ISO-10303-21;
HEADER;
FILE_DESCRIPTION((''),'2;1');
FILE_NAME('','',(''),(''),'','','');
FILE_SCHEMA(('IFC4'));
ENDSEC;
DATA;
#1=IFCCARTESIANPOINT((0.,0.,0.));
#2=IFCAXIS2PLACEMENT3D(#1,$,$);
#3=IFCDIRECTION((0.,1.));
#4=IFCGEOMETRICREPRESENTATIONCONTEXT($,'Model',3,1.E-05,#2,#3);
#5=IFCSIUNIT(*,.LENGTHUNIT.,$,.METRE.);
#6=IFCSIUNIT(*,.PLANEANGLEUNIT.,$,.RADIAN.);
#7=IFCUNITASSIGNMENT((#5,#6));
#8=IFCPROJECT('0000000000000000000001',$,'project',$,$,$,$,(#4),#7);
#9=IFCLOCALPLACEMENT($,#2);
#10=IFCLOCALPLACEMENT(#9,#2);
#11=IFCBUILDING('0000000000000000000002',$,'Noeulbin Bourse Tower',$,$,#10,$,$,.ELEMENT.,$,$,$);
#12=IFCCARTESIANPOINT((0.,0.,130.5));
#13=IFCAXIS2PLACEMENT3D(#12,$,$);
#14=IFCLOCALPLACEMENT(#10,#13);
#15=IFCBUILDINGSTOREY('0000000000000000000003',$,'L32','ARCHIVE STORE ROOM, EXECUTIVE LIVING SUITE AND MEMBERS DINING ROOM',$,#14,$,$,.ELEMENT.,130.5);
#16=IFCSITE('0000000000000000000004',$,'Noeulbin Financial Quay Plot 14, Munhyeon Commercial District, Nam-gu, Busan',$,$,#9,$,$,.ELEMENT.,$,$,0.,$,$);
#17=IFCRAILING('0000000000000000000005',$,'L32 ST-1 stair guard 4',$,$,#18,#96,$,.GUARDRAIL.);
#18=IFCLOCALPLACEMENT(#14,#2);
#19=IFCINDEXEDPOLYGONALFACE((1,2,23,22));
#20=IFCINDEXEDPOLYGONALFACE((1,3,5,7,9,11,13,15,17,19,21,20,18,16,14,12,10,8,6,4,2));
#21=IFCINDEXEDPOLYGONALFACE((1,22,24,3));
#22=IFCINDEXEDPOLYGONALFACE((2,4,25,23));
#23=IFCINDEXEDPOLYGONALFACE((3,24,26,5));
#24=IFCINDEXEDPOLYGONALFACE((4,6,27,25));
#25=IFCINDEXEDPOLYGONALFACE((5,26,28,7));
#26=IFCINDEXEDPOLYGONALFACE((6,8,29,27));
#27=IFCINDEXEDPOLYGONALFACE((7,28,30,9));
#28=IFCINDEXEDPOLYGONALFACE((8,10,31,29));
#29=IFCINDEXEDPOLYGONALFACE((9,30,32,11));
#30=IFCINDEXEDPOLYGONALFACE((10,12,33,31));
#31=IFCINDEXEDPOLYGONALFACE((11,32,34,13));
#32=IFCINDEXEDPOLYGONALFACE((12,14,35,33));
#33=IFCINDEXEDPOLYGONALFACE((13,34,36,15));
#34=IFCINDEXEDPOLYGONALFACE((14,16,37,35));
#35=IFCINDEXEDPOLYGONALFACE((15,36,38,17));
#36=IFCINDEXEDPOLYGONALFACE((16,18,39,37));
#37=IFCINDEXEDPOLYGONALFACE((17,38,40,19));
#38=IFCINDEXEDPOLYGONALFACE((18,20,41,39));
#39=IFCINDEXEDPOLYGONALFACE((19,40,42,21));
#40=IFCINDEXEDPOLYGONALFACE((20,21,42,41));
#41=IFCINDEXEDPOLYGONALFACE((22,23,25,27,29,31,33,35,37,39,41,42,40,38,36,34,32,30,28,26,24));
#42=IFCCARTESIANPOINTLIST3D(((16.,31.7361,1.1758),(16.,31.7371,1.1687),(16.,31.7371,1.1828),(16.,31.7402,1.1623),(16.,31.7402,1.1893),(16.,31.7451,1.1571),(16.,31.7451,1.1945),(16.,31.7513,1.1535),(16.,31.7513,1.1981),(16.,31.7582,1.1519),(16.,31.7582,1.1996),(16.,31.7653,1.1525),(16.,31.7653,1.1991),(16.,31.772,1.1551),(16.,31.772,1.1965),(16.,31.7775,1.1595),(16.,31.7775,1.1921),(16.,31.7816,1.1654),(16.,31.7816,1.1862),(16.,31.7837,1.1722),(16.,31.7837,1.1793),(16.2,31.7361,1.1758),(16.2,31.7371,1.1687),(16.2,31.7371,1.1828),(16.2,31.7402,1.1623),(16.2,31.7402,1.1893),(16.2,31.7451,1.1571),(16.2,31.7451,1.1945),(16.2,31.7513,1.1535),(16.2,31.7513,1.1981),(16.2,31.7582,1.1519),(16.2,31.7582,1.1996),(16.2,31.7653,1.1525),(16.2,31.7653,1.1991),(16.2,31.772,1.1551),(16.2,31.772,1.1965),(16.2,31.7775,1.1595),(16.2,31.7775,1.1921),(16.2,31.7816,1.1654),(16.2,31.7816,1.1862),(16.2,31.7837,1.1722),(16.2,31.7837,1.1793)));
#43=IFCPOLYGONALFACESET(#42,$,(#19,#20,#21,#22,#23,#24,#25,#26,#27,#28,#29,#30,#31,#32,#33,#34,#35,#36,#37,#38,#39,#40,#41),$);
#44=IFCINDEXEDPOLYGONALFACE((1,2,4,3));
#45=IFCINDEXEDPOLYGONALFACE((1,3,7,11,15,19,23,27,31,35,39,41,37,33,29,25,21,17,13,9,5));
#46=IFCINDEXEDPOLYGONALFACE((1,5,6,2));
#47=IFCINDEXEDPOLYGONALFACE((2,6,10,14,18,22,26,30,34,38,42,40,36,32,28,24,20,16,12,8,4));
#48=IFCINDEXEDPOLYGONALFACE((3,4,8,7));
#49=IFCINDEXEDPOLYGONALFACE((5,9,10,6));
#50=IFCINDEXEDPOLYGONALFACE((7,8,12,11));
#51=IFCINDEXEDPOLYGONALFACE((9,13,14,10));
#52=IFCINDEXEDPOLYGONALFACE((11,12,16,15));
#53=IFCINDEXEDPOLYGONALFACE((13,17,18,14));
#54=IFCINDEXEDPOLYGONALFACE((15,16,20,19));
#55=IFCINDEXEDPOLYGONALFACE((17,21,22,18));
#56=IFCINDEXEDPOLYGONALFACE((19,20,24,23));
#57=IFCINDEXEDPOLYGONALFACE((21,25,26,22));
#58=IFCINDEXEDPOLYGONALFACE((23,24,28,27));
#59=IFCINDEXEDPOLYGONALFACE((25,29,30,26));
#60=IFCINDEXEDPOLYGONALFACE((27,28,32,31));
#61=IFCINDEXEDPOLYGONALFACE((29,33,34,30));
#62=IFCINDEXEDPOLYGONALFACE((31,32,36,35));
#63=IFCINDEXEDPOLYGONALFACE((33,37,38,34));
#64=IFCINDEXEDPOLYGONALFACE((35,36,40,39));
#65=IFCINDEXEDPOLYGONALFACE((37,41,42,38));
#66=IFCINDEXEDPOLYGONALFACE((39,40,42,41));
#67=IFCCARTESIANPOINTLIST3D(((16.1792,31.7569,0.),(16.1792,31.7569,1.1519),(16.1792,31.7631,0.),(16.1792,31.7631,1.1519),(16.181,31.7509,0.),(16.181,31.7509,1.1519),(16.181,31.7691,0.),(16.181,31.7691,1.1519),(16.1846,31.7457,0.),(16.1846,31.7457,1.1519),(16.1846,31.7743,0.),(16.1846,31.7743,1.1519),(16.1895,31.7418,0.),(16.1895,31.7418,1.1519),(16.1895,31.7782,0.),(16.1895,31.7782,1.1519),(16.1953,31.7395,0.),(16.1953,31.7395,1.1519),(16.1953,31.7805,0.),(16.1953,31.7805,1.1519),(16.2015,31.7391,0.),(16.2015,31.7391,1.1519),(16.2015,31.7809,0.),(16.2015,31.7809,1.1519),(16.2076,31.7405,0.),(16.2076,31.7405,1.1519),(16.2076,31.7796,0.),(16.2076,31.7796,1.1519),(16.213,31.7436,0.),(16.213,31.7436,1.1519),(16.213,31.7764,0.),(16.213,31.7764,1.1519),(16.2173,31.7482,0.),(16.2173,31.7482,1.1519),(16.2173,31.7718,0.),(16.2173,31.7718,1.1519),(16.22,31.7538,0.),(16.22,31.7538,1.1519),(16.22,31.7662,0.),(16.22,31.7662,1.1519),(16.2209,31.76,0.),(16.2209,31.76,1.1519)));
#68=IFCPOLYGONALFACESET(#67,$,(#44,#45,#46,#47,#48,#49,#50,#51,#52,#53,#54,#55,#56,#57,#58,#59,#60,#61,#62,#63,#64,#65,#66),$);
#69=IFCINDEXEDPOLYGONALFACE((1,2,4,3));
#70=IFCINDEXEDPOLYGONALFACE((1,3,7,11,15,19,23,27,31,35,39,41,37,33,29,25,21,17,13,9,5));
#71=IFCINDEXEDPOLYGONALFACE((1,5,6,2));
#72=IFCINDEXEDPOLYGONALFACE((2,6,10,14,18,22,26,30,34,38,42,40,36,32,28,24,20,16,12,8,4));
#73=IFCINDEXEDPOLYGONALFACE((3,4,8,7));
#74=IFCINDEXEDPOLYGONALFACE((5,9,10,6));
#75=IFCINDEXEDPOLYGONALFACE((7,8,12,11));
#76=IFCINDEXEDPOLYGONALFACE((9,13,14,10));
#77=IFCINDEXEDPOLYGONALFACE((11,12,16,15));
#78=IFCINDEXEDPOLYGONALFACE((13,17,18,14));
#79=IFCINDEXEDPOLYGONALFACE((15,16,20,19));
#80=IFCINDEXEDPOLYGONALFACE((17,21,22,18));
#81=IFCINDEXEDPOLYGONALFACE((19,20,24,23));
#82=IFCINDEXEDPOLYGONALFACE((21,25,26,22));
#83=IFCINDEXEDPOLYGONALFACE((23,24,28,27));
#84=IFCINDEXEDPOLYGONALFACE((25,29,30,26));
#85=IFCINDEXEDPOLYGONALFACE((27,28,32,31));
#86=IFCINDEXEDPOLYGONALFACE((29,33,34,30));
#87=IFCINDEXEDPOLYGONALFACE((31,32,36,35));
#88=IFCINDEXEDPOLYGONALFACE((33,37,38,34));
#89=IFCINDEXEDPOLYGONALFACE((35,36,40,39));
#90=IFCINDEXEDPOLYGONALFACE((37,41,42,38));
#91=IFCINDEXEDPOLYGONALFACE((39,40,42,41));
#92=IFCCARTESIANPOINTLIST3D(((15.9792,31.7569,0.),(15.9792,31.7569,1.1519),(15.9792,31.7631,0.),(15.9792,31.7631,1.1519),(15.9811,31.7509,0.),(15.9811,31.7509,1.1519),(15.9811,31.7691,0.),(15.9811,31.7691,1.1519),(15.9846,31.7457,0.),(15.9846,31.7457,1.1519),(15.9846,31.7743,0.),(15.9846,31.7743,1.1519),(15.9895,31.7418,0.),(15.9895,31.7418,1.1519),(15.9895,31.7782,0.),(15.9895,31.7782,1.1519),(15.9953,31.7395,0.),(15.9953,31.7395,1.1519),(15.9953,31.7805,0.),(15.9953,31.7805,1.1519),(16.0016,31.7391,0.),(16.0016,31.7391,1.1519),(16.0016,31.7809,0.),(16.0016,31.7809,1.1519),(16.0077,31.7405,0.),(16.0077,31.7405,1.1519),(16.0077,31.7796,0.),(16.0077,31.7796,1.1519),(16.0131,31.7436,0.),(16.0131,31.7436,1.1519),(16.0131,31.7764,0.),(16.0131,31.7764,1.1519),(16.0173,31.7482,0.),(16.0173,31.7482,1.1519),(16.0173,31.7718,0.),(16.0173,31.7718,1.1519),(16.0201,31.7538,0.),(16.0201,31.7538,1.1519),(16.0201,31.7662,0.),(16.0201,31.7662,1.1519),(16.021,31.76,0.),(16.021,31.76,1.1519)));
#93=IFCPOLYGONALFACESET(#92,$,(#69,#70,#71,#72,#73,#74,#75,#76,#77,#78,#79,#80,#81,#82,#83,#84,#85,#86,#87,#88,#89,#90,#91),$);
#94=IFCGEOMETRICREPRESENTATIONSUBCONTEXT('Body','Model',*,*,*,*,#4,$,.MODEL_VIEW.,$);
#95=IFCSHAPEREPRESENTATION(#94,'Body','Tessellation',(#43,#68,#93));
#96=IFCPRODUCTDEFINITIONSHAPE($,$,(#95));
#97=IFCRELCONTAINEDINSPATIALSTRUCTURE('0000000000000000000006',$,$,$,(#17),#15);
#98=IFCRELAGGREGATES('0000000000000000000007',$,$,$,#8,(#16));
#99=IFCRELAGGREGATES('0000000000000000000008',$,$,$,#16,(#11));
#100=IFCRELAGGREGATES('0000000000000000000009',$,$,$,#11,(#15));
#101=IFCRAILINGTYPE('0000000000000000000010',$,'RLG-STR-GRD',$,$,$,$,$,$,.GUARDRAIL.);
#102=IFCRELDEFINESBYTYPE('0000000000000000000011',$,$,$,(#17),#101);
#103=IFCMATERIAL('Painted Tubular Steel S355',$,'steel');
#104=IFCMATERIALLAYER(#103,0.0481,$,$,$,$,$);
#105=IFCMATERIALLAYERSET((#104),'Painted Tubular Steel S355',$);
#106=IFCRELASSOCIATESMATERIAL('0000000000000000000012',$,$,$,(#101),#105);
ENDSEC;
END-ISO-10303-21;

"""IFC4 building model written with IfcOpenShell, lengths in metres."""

from ifc_helpers import new_model, si_unit, direction, frame, origin, origin_2d, place, context, subcontext, project, spatial, circle, extrude, material, layer, layer_set, type_object, element, save


model = new_model("IFC4")

# Units and contexts
model_context = context("Model", 3, precision=1e-05, world=origin(), true_north=direction((0.0, 1.0)))
body_context = subcontext(model_context, "Body", "Model", "MODEL_VIEW")
ifc_project = project(units=[si_unit("LENGTHUNIT", "METRE"), si_unit("PLANEANGLEUNIT", "RADIAN")], contexts=[model_context])

# Site, building, storey
site_placement = place(None, origin())
site = spatial("IfcSite", under=ifc_project, at=site_placement, Name="Noeulbin Financial Quay Plot 14, Munhyeon Commercial District, Nam-gu, Busan", CompositionType="ELEMENT", RefElevation=0.0)
building_placement = place(site_placement, origin())
building = spatial("IfcBuilding", under=site, at=building_placement, Name="Noeulbin Bourse Tower", CompositionType="ELEMENT")
storey_placement = place(building_placement, frame((0.0, 0.0, 130.5)))
storey = spatial("IfcBuildingStorey", under=building, at=storey_placement, Name="L32", Description="ARCHIVE STORE ROOM, EXECUTIVE LIVING SUITE AND MEMBERS DINING ROOM", CompositionType="ELEMENT", Elevation=130.5)

# Railing
ifc_material_1 = material(Name="Painted Tubular Steel S355", Category="steel")
ifc_layer_1 = layer(ifc_material_1, 0.0481)
ifc_layer_set_1 = layer_set([ifc_layer_1], Name="Painted Tubular Steel S355")
railing_type_1 = type_object("IfcRailingType", Name="RLG-STR-GRD", PredefinedType="GUARDRAIL", material=ifc_layer_set_1)
railing_1_placement = place(storey_placement, frame((16.2, 31.76, 0.0)))
element("IfcRailing", 1, at=railing_1_placement, inside=storey, type_object=railing_type_1, Name="L32 ST-1 stair guard 4", PredefinedType="GUARDRAIL", context=body_context, shape_type="SweptSolid", body=[
    extrude(circle(Radius=0.0239, at=origin_2d()), frame((0.0, 0.0, 1.1758), z_axis=(-1.0, 0.0, 0.0), x_axis=(0.0, -1.0, 0.0)), (0.0, 0.0, 1.0), 0.2),
    extrude(circle(Radius=0.021, at=origin_2d()), origin(), (0.0, 0.0, 1.0), 1.1519),
    extrude(circle(Radius=0.021, at=origin_2d()), frame((-0.2, 0.0, 0.0)), (0.0, 0.0, 1.0), 1.1519),
])

save(model, "model.ifc")
